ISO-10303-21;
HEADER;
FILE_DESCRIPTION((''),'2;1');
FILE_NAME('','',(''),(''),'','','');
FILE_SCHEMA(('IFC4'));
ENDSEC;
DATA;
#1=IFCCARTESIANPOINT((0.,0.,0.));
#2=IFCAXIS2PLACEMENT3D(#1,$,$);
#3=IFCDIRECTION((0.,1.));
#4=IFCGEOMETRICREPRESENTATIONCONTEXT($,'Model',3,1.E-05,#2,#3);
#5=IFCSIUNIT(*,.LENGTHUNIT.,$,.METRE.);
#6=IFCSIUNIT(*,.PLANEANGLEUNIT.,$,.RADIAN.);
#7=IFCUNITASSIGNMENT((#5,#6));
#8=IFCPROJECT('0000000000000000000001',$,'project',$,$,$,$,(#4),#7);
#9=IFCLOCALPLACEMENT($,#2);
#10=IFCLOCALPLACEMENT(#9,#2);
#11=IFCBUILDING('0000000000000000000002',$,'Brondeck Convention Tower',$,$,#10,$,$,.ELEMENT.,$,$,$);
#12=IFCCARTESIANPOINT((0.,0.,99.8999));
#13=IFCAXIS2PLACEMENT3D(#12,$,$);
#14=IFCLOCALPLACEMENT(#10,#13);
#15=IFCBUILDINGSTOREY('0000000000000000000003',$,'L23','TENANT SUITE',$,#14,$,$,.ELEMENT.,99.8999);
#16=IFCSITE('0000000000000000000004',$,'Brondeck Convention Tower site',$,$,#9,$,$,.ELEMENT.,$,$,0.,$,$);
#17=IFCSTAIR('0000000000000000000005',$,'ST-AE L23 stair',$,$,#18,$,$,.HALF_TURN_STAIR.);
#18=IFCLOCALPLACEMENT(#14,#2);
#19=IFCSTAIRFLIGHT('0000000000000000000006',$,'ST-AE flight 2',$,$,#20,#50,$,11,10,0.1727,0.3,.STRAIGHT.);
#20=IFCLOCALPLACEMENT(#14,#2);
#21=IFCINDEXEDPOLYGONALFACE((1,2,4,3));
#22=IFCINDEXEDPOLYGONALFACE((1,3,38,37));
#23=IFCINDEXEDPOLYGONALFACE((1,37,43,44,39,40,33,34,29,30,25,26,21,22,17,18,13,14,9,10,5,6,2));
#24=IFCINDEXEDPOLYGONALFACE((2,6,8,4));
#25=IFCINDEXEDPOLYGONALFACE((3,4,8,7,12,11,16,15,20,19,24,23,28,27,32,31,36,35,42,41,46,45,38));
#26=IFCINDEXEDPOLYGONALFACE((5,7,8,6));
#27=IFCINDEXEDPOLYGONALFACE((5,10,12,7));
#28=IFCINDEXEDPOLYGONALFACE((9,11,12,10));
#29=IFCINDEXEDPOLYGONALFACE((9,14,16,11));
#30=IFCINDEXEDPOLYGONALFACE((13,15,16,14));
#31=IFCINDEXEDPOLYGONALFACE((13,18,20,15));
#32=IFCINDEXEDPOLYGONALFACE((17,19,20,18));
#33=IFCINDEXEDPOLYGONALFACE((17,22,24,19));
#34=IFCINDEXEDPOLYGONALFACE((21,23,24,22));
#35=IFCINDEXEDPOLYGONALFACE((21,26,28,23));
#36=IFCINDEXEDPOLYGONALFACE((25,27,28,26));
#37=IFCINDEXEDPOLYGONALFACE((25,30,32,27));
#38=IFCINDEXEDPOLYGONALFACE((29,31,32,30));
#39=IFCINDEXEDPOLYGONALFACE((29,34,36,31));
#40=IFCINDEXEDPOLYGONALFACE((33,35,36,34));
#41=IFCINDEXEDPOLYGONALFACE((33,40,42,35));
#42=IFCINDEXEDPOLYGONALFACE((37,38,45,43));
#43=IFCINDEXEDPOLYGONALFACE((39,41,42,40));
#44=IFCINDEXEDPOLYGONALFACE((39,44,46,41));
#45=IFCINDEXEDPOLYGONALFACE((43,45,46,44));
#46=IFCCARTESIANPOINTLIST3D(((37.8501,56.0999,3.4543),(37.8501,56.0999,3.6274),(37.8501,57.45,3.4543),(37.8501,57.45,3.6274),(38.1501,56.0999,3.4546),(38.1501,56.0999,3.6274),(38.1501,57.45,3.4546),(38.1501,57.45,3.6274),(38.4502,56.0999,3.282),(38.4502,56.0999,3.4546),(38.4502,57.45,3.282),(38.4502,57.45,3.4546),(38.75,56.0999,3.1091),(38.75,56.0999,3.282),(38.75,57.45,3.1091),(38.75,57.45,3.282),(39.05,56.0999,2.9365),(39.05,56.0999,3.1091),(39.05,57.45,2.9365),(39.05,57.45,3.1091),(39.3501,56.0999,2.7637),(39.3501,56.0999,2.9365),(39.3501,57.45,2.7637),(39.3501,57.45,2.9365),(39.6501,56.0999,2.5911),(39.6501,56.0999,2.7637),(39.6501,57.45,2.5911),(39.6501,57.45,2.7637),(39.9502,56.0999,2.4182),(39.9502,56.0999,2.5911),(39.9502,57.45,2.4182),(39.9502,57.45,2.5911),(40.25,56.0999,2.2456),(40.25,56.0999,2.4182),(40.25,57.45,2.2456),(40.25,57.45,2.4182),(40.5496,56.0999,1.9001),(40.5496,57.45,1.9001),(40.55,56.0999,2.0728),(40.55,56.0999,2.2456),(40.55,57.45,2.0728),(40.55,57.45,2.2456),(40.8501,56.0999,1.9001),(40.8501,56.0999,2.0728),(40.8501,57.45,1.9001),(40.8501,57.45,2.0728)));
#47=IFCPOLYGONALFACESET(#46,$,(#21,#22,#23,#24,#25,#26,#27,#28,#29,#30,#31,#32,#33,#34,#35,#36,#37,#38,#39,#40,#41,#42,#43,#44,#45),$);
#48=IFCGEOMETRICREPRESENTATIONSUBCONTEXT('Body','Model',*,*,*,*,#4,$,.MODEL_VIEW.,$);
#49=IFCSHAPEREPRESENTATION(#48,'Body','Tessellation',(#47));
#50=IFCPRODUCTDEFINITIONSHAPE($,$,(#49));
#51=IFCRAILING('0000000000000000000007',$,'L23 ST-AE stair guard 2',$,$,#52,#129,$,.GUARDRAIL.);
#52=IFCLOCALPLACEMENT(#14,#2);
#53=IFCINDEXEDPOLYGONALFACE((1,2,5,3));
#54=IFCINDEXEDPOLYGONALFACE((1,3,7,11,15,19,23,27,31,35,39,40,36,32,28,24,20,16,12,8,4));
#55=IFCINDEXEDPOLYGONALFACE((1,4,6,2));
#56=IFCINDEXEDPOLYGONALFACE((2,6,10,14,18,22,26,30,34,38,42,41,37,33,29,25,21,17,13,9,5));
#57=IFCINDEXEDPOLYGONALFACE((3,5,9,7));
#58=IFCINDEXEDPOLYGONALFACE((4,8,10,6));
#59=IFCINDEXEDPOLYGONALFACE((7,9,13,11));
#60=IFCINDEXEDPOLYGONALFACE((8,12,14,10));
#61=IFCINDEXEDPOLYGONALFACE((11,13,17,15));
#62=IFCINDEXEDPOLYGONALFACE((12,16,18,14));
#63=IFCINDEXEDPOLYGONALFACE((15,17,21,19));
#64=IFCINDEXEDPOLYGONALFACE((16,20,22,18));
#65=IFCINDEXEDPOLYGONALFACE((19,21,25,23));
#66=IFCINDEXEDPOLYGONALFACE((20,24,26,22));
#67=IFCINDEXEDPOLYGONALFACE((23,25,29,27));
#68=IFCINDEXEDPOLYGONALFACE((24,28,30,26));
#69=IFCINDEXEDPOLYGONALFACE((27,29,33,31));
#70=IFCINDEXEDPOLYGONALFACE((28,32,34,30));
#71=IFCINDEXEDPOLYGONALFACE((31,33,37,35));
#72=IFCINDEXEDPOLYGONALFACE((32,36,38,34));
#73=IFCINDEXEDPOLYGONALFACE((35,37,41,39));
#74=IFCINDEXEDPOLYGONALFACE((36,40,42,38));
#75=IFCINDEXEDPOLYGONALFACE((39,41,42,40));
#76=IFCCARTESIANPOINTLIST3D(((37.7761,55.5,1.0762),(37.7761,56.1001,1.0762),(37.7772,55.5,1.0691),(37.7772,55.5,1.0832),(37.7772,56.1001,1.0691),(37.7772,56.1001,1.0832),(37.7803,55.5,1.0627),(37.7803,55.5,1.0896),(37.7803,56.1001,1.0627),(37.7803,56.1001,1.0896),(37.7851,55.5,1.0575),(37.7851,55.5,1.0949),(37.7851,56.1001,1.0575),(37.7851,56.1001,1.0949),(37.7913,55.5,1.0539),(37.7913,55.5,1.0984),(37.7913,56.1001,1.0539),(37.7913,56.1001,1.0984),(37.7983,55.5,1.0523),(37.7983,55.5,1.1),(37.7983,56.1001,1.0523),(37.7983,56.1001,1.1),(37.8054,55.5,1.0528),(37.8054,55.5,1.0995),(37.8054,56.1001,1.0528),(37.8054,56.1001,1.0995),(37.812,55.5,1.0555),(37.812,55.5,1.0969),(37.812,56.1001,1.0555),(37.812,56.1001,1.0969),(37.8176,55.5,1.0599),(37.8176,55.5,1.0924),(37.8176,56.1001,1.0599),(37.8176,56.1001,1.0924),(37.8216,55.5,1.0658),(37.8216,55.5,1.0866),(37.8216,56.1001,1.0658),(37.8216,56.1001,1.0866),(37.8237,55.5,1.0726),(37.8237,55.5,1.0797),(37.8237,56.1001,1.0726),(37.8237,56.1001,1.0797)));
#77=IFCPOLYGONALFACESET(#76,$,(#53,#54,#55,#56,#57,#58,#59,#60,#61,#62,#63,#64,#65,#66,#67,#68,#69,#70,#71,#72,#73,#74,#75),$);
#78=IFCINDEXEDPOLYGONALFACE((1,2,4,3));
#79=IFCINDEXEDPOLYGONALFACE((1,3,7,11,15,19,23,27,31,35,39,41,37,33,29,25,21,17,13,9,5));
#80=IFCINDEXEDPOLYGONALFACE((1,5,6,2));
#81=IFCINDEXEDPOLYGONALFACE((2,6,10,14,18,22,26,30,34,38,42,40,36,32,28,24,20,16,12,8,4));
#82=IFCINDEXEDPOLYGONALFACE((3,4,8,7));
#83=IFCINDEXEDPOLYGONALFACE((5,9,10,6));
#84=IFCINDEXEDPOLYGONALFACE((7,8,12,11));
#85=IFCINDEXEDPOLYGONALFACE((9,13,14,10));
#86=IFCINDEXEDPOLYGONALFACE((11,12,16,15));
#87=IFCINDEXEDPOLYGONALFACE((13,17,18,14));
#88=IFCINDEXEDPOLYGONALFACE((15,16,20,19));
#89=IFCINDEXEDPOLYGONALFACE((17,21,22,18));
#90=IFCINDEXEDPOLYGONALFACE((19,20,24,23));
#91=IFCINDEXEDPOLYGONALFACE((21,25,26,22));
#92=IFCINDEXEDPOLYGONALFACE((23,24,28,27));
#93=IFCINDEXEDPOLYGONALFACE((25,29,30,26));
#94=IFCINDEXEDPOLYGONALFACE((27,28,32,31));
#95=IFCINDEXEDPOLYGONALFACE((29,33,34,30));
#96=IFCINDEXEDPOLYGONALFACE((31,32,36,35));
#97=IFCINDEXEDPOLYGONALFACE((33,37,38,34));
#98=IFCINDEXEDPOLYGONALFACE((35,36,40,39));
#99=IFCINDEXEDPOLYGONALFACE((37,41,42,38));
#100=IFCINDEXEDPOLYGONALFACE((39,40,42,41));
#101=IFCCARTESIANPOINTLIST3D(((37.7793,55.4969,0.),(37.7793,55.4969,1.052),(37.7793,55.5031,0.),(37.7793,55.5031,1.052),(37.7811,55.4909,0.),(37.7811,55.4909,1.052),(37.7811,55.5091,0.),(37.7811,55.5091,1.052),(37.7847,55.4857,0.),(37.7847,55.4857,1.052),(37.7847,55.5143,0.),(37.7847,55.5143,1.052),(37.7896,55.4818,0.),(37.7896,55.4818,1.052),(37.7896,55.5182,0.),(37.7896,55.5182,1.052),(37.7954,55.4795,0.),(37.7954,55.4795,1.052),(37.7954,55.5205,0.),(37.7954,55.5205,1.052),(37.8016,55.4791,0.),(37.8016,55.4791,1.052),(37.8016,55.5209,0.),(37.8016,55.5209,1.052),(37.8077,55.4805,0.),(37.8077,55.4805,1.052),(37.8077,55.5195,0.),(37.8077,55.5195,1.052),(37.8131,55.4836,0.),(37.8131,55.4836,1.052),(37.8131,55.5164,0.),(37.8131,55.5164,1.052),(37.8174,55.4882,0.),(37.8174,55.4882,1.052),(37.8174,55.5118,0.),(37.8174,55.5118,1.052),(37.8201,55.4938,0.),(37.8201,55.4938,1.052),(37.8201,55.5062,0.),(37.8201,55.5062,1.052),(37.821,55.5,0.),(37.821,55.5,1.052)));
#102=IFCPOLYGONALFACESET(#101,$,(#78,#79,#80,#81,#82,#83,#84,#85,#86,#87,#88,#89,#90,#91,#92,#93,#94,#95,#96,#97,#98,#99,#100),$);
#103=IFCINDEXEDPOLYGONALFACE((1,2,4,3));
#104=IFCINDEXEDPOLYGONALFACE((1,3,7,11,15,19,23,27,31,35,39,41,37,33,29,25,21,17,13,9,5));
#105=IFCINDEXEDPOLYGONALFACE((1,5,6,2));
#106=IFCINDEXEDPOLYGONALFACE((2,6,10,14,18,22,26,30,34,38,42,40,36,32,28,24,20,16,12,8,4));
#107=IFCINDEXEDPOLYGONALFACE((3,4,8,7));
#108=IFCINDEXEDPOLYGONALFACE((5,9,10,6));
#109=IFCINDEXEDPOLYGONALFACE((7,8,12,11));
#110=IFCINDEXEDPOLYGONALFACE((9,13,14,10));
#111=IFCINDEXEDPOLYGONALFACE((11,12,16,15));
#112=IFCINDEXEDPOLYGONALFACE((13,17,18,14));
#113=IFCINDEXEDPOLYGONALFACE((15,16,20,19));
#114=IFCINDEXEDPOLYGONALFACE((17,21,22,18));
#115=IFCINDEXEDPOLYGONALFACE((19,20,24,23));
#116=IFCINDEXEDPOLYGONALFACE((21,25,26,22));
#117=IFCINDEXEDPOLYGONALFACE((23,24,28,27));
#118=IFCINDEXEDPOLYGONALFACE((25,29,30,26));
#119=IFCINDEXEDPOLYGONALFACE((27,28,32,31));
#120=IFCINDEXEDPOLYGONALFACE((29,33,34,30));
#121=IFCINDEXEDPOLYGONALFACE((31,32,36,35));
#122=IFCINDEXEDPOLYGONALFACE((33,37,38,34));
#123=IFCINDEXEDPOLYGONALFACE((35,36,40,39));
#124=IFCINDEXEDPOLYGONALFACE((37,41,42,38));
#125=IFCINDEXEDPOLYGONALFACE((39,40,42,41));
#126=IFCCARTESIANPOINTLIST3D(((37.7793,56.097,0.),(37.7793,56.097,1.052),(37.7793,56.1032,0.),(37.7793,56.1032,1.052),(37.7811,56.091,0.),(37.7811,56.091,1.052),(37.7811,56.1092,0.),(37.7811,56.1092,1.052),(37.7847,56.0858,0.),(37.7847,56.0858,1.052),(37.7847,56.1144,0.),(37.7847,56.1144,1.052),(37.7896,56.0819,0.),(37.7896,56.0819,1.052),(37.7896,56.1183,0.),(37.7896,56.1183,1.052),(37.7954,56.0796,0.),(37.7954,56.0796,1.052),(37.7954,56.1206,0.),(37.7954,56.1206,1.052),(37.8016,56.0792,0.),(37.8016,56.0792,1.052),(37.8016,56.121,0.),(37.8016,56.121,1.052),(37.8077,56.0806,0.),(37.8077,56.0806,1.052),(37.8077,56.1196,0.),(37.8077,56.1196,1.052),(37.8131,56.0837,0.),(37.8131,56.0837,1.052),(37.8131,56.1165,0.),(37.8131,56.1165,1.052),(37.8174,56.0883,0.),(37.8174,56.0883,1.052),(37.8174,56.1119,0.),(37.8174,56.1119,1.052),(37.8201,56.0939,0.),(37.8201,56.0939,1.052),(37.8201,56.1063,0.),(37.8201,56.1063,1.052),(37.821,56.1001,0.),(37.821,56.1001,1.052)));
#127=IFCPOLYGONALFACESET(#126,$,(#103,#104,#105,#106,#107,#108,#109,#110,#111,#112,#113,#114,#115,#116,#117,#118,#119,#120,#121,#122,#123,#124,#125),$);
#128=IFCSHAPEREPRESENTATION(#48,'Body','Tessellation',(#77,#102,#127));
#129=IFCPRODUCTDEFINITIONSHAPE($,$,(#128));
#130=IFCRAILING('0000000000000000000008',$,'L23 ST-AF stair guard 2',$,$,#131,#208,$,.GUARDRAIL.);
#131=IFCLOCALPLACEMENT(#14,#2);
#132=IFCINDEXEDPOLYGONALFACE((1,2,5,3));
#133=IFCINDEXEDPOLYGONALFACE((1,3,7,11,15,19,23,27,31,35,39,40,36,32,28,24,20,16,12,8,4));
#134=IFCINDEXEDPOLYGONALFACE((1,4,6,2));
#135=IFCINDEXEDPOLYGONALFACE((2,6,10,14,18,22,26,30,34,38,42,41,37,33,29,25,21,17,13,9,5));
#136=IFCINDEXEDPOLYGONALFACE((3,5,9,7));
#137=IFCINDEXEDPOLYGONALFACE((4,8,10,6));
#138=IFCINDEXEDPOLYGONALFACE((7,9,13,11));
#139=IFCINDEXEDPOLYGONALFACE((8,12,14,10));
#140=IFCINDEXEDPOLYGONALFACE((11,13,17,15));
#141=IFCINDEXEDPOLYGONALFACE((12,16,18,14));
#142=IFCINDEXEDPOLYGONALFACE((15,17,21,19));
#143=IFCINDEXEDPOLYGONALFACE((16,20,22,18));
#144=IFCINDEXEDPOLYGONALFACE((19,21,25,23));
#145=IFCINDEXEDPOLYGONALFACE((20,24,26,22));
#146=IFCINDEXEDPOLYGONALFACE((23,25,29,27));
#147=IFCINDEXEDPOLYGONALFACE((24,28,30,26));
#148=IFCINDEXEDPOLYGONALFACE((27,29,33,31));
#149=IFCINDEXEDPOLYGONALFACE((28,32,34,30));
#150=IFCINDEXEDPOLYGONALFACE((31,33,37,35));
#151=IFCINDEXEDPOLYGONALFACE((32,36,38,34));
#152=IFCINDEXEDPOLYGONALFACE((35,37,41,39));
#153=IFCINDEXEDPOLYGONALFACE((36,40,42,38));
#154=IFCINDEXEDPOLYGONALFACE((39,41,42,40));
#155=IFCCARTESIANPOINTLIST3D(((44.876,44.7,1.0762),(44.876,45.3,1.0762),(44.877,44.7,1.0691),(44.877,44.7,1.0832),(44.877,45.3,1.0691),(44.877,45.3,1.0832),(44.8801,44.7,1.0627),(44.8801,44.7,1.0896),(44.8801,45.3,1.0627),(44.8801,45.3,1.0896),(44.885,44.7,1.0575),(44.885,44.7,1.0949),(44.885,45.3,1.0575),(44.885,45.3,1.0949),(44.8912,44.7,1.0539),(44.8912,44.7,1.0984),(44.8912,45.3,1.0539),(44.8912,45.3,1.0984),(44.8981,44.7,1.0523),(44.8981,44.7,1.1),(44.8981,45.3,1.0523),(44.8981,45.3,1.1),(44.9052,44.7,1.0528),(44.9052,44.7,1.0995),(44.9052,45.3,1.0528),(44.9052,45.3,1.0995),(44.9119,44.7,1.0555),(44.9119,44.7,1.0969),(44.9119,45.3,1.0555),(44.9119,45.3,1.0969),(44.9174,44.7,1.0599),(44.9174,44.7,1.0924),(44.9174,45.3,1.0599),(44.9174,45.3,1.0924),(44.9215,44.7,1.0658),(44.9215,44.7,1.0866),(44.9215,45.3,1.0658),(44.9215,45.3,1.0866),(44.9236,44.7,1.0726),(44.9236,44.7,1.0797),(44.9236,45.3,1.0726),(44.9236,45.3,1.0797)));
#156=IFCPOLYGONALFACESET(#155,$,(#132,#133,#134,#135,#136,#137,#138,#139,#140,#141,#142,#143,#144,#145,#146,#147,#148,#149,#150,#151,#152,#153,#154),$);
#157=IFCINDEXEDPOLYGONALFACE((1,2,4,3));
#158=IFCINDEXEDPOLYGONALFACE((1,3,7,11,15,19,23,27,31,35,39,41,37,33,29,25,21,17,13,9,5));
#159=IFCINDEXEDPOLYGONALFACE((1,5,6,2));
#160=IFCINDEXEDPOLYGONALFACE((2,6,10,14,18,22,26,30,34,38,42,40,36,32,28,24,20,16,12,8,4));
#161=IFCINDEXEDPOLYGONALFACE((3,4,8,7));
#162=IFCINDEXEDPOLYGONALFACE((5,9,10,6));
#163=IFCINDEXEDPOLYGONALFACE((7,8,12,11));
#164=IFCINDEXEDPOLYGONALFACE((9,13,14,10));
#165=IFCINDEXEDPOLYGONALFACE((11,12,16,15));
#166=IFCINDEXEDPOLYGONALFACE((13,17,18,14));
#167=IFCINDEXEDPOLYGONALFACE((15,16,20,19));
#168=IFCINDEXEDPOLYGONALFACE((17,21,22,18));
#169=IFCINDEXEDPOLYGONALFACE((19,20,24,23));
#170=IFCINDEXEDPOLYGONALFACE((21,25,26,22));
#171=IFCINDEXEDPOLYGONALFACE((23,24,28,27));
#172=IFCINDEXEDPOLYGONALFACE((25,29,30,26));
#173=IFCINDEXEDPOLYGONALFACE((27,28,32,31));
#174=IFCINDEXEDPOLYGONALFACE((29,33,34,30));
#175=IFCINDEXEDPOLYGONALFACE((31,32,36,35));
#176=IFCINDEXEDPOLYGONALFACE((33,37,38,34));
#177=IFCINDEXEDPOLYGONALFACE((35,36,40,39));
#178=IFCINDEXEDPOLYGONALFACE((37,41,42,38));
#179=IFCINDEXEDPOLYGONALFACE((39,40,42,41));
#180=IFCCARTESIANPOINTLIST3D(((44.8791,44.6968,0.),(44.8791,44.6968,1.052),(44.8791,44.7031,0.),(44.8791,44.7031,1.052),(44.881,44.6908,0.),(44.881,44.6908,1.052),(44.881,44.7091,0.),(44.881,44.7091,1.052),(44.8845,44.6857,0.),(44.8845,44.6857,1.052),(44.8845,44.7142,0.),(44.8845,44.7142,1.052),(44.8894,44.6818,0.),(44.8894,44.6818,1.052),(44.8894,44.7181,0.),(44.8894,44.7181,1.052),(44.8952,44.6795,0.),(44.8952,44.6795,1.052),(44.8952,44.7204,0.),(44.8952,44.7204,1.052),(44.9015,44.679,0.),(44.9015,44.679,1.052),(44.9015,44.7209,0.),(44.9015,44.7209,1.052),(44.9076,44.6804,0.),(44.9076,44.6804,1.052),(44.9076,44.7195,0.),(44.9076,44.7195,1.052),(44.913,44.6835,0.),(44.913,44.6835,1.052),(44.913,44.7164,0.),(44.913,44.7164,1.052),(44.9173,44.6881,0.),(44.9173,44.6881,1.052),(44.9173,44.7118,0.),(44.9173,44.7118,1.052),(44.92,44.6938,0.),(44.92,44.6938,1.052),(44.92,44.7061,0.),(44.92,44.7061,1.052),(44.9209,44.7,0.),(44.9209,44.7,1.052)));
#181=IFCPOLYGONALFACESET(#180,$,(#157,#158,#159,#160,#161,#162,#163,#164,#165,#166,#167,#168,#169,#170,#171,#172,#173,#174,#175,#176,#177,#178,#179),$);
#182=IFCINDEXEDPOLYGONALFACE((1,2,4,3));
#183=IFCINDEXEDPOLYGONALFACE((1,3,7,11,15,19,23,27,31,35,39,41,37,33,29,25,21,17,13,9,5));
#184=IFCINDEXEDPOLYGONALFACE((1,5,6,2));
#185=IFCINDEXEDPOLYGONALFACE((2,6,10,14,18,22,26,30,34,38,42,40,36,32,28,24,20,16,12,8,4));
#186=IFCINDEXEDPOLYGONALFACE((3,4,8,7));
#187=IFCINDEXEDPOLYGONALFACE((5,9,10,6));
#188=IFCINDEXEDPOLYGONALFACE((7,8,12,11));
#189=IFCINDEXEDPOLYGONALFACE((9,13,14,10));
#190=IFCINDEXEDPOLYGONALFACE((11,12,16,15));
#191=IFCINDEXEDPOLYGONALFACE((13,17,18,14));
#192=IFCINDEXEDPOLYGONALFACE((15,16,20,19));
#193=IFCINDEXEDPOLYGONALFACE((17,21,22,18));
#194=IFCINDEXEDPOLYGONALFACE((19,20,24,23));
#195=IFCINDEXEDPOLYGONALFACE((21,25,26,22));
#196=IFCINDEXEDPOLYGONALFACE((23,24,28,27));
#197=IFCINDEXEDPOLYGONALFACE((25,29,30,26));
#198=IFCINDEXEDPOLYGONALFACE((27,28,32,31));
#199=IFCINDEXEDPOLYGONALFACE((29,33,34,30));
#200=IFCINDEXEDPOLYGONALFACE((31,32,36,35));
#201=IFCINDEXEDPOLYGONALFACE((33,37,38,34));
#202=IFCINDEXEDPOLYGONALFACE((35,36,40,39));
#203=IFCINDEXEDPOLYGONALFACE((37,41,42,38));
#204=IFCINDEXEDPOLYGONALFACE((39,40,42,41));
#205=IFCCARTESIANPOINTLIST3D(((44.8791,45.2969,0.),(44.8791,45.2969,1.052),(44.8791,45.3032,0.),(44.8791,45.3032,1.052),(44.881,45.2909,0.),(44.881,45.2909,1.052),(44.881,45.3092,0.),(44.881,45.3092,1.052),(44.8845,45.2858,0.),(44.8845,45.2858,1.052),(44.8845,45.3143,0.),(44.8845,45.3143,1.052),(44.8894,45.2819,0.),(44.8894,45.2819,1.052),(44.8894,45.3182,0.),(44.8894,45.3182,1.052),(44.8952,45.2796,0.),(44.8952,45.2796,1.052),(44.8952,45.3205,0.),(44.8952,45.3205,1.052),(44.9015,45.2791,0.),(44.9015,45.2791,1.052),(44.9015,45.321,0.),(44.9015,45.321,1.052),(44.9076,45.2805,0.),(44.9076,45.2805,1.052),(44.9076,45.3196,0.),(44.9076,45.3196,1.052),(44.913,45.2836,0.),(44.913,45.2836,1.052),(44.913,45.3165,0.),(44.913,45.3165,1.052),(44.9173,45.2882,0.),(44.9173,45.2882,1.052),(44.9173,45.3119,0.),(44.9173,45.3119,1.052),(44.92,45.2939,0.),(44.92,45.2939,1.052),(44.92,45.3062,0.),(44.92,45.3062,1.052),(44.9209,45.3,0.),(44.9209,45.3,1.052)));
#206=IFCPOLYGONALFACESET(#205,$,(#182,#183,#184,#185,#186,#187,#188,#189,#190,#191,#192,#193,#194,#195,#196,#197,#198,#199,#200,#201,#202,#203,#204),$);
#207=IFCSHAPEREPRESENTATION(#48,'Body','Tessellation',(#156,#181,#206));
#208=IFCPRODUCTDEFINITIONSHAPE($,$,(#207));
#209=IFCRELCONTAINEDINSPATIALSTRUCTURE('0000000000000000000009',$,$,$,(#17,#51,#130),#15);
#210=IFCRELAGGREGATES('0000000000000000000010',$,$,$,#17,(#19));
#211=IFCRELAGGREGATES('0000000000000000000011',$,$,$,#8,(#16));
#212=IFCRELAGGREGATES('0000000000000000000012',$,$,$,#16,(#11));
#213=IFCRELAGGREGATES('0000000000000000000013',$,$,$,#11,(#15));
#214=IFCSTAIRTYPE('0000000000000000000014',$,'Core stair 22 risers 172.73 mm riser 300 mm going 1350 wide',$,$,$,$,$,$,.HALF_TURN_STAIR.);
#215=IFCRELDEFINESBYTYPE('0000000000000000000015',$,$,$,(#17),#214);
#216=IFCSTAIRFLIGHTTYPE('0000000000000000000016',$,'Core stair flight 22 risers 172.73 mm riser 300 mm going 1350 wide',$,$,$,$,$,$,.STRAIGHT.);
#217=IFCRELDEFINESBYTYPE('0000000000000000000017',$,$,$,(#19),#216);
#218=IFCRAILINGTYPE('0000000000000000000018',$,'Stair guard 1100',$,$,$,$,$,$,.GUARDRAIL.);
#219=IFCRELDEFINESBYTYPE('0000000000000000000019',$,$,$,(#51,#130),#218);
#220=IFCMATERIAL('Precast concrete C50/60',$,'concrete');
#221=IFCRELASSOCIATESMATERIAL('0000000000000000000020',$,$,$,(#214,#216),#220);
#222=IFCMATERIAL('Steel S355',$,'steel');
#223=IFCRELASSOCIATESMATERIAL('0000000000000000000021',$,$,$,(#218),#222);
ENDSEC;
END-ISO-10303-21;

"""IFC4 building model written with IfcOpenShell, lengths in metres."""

from ifc_helpers import new_model, si_unit, direction, frame, origin, origin_2d, place, context, subcontext, project, spatial, polyline, circle, outline, extrude, material, type_object, element, aggregate, save


model = new_model("IFC4")

# Units and contexts
model_context = context("Model", 3, precision=1e-05, world=origin(), true_north=direction((0.0, 1.0)))
body_context = subcontext(model_context, "Body", "Model", "MODEL_VIEW")
ifc_project = project(units=[si_unit("LENGTHUNIT", "METRE"), si_unit("PLANEANGLEUNIT", "RADIAN")], contexts=[model_context])

# Site, building, storey
site_placement = place(None, origin())
site = spatial("IfcSite", under=ifc_project, at=site_placement, Name="Brondeck Convention Tower site", CompositionType="ELEMENT", RefElevation=0.0)
building_placement = place(site_placement, origin())
building = spatial("IfcBuilding", under=site, at=building_placement, Name="Brondeck Convention Tower", CompositionType="ELEMENT")
storey_placement = place(building_placement, frame((0.0, 0.0, 99.8999)))
storey = spatial("IfcBuildingStorey", under=building, at=storey_placement, Name="L23", Description="TENANT SUITE", CompositionType="ELEMENT", Elevation=99.8999)

# Shared definitions
ifc_material_1 = material(Name="Steel S355", Category="steel")

# Stair, stair flight
ifc_material_2 = material(Name="Precast concrete C50/60", Category="concrete")
stair_type = type_object("IfcStairType", Name="Core stair 22 risers 172.73 mm riser 300 mm going 1350 wide", PredefinedType="HALF_TURN_STAIR", material=ifc_material_2)
stair_placement = place(storey_placement, origin())
stair = element("IfcStair", 1, at=stair_placement, inside=storey, type_object=stair_type, Name="ST-AE L23 stair", PredefinedType="HALF_TURN_STAIR")
stair_flight_type = type_object("IfcStairFlightType", Name="Core stair flight 22 risers 172.73 mm riser 300 mm going 1350 wide", PredefinedType="STRAIGHT", material=ifc_material_2)
stair_flight_1_placement = place(storey_placement, frame((40.8501, 56.7749, 1.9001), z_axis=(0.0, 0.0, 1.0), x_axis=(-1.0, 0.0, 0.0)))
stair_flight_1 = element("IfcStairFlight", 2, at=stair_flight_1_placement, type_object=stair_flight_type, Name="ST-AE flight 2", NumberOfRisers=11, NumberOfTreads=10, PredefinedType="STRAIGHT", RiserHeight=0.1727, TreadLength=0.3, context=body_context, shape_type="SweptSolid", body=[
    extrude(outline(polyline([(0.0, 0.0), (0.0, 0.1726), (0.3, 0.1726), (0.3, 0.3455), (0.6001, 0.3455), (0.6001, 0.5181), (0.8999, 0.5181), (0.8999, 0.6909), (1.2, 0.6909), (1.2, 0.8635), (1.5, 0.8635), (1.5, 1.0364), (1.8, 1.0364), (1.8, 1.209), (2.1001, 1.209), (2.1001, 1.3818), (2.3999, 1.3818), (2.3999, 1.5544), (2.7, 1.5544), (2.7, 1.7273), (3.0, 1.7273), (3.0, 1.8999), (3.0, 1.5542), (0.3005, 0.0), (0.0, 0.0)])), frame((0.0, 0.675, 0.0), z_axis=(0.0, -1.0, 0.0), x_axis=(1.0, 0.0, 0.0)), (0.0, 0.0, 1.0), 1.3501),
])
aggregate(stair, [stair_flight_1])

# Railings
railing_type_1 = type_object("IfcRailingType", Name="Stair guard 1100", PredefinedType="GUARDRAIL", material=ifc_material_1)
railing_1_placement = place(storey_placement, frame((37.8, 55.5, 0.0)))
element("IfcRailing", 3, at=railing_1_placement, inside=storey, type_object=railing_type_1, Name="L23 ST-AE stair guard 2", PredefinedType="GUARDRAIL", context=body_context, shape_type="SweptSolid", body=[
    extrude(circle(Radius=0.0239, at=origin_2d()), frame((0.0, 0.0, 1.0762), z_axis=(0.0, 1.0, 0.0), x_axis=(-1.0, 0.0, 0.0)), (0.0, 0.0, 1.0), 0.6001),
    extrude(circle(Radius=0.021, at=origin_2d()), origin(), (0.0, 0.0, 1.0), 1.052),
    extrude(circle(Radius=0.021, at=origin_2d()), frame((0.0, 0.6001, 0.0)), (0.0, 0.0, 1.0), 1.052),
])
railing_2_placement = place(storey_placement, frame((44.8999, 44.7, 0.0)))
element("IfcRailing", 4, at=railing_2_placement, inside=storey, type_object=railing_type_1, Name="L23 ST-AF stair guard 2", PredefinedType="GUARDRAIL", context=body_context, shape_type="SweptSolid", body=[
    extrude(circle(Radius=0.0239, at=origin_2d()), frame((0.0, 0.0, 1.0762), z_axis=(0.0, 1.0, 0.0), x_axis=(-1.0, 0.0, 0.0)), (0.0, 0.0, 1.0), 0.6001),
    extrude(circle(Radius=0.021, at=origin_2d()), origin(), (0.0, 0.0, 1.0), 1.052),
    extrude(circle(Radius=0.021, at=origin_2d()), frame((0.0, 0.6001, 0.0)), (0.0, 0.0, 1.0), 1.052),
])

save(model, "model.ifc")
